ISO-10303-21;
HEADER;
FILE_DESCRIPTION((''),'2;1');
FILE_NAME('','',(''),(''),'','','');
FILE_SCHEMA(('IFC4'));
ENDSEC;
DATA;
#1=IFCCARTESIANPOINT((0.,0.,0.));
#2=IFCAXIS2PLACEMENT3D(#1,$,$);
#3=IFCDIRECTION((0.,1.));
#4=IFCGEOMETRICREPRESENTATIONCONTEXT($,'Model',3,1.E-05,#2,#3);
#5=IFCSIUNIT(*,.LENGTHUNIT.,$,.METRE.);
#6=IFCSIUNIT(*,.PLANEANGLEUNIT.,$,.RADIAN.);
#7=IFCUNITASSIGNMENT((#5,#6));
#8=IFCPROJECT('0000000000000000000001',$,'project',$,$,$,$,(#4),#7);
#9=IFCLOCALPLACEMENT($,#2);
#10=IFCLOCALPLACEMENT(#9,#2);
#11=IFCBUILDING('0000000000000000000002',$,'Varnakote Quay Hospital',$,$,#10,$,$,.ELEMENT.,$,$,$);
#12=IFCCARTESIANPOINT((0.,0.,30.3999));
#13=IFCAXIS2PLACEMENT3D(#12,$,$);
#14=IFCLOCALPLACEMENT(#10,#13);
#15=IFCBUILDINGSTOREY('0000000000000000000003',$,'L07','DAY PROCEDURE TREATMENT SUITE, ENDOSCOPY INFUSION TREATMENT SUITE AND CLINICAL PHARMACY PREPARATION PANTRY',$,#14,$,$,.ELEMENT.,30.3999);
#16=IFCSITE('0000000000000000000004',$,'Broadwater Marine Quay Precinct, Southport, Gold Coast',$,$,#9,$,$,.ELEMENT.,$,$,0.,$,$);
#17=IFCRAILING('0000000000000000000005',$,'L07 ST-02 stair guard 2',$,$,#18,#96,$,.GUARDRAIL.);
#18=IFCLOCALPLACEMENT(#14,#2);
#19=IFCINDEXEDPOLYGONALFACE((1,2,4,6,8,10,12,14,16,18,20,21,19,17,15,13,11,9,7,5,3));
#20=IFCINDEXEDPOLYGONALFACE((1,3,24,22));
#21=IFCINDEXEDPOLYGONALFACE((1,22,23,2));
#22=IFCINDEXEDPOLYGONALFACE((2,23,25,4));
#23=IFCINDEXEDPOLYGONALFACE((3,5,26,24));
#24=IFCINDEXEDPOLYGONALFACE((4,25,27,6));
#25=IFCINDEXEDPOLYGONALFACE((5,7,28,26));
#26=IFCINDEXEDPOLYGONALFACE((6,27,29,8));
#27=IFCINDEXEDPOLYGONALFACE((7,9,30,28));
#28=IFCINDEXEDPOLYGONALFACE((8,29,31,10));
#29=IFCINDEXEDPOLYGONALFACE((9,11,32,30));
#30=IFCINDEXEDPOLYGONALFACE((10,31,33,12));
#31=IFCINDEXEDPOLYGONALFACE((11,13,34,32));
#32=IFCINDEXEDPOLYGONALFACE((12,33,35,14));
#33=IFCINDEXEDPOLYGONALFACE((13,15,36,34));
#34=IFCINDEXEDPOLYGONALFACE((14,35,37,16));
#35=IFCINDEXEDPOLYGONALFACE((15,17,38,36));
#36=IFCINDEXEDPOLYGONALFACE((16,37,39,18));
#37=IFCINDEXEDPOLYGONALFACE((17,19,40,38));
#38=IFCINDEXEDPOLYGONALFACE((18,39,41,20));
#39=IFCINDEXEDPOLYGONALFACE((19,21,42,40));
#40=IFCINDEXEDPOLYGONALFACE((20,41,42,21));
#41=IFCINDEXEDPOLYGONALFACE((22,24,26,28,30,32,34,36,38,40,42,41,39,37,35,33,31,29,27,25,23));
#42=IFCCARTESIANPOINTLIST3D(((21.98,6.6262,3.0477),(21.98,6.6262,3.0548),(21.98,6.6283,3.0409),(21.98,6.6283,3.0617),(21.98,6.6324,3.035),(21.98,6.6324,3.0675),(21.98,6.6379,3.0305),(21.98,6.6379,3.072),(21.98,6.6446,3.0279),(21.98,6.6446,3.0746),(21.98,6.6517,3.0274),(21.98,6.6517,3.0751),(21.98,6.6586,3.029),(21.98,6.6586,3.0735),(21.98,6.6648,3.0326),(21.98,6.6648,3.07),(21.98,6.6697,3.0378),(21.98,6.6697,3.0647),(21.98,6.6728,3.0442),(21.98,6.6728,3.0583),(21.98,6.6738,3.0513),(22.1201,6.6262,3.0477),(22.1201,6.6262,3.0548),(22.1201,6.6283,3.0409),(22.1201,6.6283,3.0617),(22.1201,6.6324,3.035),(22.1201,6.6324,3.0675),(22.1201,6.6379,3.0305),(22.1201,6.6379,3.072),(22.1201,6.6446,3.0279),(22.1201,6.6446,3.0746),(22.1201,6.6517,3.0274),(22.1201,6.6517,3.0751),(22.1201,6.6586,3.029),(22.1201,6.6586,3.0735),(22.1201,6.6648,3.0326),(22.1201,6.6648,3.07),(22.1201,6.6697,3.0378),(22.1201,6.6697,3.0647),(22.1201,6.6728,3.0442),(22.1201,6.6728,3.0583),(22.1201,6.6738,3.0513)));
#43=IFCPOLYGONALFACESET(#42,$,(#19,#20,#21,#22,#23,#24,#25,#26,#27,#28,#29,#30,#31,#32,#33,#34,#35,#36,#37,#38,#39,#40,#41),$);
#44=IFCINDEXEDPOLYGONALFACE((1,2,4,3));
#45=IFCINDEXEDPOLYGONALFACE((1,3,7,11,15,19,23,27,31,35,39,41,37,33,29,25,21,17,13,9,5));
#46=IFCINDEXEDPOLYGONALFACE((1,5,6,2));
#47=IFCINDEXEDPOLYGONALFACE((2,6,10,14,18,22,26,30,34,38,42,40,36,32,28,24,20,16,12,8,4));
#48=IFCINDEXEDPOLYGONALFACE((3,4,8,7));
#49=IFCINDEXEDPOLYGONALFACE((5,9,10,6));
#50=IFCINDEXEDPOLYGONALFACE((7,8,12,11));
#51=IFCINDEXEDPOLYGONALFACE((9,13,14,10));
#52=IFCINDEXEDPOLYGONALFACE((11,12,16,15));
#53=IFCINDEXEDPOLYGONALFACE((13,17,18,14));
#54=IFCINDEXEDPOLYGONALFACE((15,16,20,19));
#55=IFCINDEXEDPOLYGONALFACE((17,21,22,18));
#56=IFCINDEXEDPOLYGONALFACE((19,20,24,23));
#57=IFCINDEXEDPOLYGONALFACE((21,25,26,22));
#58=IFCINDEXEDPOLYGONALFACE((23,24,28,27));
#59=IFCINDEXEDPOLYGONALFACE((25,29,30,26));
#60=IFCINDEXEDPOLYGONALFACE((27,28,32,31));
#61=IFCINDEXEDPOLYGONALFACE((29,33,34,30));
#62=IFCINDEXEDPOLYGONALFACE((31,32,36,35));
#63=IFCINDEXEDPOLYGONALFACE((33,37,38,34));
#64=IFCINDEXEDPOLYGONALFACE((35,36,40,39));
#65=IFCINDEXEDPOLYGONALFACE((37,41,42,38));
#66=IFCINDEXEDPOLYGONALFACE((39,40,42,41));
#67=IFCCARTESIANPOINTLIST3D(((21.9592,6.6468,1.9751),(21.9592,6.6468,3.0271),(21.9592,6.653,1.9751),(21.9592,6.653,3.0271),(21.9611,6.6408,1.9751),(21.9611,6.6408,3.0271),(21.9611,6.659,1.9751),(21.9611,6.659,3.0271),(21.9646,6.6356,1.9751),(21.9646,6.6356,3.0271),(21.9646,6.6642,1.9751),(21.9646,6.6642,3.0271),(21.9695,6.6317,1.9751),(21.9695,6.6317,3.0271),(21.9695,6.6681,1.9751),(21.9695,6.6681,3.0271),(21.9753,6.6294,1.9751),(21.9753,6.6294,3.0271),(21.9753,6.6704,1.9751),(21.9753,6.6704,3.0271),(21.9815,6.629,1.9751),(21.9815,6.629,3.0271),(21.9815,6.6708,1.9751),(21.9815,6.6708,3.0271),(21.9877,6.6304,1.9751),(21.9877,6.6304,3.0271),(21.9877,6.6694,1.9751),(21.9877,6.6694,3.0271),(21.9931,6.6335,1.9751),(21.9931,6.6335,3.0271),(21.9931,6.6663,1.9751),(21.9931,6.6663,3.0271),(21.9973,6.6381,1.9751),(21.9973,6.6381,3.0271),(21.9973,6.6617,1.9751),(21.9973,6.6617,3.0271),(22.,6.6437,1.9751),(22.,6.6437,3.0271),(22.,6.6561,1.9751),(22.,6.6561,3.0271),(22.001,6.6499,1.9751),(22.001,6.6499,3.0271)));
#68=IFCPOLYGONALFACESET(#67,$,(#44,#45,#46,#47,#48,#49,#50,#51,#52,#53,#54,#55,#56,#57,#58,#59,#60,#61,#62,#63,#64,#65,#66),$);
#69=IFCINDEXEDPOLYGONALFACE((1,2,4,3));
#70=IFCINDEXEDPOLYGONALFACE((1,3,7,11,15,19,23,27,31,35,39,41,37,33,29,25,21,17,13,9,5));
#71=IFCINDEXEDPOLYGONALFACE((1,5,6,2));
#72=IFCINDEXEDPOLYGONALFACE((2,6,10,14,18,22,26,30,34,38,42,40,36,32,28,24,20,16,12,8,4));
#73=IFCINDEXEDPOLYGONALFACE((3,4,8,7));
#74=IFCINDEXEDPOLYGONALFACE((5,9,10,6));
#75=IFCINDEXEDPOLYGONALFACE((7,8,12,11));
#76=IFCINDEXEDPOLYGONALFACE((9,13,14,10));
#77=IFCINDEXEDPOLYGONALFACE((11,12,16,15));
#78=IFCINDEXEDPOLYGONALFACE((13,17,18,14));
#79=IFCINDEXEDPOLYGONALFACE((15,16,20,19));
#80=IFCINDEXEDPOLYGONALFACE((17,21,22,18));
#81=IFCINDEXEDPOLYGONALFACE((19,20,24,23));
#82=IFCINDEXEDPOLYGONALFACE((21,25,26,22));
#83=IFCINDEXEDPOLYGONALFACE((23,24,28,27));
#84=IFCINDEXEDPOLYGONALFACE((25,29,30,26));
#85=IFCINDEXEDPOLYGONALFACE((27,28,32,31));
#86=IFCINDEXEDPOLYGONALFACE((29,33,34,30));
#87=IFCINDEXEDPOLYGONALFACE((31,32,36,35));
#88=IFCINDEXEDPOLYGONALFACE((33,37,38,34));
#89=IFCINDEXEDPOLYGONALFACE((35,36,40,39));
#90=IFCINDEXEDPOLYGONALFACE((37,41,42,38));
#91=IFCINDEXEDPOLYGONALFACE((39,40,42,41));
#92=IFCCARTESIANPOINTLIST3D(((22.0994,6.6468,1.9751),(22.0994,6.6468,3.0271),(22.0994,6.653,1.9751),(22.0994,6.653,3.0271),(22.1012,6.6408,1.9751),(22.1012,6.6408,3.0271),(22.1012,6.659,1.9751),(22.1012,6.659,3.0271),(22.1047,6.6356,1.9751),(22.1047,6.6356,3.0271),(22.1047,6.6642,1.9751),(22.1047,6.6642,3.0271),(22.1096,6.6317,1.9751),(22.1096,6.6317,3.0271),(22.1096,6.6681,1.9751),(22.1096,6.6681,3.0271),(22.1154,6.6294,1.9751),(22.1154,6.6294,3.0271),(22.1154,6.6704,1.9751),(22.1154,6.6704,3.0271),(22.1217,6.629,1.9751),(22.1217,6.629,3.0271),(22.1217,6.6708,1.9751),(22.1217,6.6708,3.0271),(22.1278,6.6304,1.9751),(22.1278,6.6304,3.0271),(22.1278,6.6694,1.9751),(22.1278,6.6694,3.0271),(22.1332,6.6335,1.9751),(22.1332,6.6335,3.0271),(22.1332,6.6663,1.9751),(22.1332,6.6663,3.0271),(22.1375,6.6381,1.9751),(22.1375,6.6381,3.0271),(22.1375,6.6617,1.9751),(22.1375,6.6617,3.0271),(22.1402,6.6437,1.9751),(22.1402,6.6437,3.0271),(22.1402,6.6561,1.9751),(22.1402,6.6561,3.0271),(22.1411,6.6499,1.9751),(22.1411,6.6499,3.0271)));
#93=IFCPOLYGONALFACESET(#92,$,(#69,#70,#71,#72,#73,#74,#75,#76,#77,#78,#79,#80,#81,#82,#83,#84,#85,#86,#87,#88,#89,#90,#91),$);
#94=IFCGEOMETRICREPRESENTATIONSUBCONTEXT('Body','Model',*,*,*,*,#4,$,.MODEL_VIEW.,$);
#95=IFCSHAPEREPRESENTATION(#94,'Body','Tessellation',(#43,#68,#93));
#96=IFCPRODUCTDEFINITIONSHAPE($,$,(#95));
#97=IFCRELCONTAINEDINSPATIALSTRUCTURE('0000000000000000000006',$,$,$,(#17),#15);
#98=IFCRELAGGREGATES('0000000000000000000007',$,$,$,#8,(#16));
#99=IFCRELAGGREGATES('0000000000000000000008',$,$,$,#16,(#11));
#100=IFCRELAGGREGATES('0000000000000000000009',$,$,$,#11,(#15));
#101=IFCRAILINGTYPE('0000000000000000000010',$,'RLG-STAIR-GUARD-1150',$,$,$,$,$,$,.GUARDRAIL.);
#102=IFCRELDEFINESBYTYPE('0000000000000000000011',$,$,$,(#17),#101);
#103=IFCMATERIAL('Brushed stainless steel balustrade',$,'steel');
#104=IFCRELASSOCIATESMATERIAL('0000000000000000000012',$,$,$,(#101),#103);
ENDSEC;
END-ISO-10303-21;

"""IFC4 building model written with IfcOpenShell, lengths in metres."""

from ifc_helpers import new_model, si_unit, direction, frame, origin, origin_2d, place, context, subcontext, project, spatial, circle, extrude, material, type_object, element, save


model = new_model("IFC4")

# Units and contexts
model_context = context("Model", 3, precision=1e-05, world=origin(), true_north=direction((0.0, 1.0)))
body_context = subcontext(model_context, "Body", "Model", "MODEL_VIEW")
ifc_project = project(units=[si_unit("LENGTHUNIT", "METRE"), si_unit("PLANEANGLEUNIT", "RADIAN")], contexts=[model_context])

# Site, building, storey
site_placement = place(None, origin())
site = spatial("IfcSite", under=ifc_project, at=site_placement, Name="Broadwater Marine Quay Precinct, Southport, Gold Coast", CompositionType="ELEMENT", RefElevation=0.0)
building_placement = place(site_placement, origin())
building = spatial("IfcBuilding", under=site, at=building_placement, Name="Varnakote Quay Hospital", CompositionType="ELEMENT")
storey_placement = place(building_placement, frame((0.0, 0.0, 30.3999)))
storey = spatial("IfcBuildingStorey", under=building, at=storey_placement, Name="L07", Description="DAY PROCEDURE TREATMENT SUITE, ENDOSCOPY INFUSION TREATMENT SUITE AND CLINICAL PHARMACY PREPARATION PANTRY", CompositionType="ELEMENT", Elevation=30.3999)

# Railing
ifc_material_1 = material(Name="Brushed stainless steel balustrade", Category="steel")
railing_type_1 = type_object("IfcRailingType", Name="RLG-STAIR-GUARD-1150", PredefinedType="GUARDRAIL", material=ifc_material_1)
railing_1_placement = place(storey_placement, frame((21.98, 6.6499, 1.9751)))
element("IfcRailing", 1, at=railing_1_placement, inside=storey, type_object=railing_type_1, Name="L07 ST-02 stair guard 2", PredefinedType="GUARDRAIL", context=body_context, shape_type="SweptSolid", body=[
    extrude(circle(Radius=0.0239, at=origin_2d()), frame((0.0, 0.0, 1.0762), z_axis=(1.0, 0.0, 0.0), x_axis=(0.0, 1.0, 0.0)), (0.0, 0.0, 1.0), 0.1401),
    extrude(circle(Radius=0.021, at=origin_2d()), origin(), (0.0, 0.0, 1.0), 1.052),
    extrude(circle(Radius=0.021, at=origin_2d()), frame((0.1401, 0.0, 0.0)), (0.0, 0.0, 1.0), 1.052),
])

save(model, "model.ifc")
